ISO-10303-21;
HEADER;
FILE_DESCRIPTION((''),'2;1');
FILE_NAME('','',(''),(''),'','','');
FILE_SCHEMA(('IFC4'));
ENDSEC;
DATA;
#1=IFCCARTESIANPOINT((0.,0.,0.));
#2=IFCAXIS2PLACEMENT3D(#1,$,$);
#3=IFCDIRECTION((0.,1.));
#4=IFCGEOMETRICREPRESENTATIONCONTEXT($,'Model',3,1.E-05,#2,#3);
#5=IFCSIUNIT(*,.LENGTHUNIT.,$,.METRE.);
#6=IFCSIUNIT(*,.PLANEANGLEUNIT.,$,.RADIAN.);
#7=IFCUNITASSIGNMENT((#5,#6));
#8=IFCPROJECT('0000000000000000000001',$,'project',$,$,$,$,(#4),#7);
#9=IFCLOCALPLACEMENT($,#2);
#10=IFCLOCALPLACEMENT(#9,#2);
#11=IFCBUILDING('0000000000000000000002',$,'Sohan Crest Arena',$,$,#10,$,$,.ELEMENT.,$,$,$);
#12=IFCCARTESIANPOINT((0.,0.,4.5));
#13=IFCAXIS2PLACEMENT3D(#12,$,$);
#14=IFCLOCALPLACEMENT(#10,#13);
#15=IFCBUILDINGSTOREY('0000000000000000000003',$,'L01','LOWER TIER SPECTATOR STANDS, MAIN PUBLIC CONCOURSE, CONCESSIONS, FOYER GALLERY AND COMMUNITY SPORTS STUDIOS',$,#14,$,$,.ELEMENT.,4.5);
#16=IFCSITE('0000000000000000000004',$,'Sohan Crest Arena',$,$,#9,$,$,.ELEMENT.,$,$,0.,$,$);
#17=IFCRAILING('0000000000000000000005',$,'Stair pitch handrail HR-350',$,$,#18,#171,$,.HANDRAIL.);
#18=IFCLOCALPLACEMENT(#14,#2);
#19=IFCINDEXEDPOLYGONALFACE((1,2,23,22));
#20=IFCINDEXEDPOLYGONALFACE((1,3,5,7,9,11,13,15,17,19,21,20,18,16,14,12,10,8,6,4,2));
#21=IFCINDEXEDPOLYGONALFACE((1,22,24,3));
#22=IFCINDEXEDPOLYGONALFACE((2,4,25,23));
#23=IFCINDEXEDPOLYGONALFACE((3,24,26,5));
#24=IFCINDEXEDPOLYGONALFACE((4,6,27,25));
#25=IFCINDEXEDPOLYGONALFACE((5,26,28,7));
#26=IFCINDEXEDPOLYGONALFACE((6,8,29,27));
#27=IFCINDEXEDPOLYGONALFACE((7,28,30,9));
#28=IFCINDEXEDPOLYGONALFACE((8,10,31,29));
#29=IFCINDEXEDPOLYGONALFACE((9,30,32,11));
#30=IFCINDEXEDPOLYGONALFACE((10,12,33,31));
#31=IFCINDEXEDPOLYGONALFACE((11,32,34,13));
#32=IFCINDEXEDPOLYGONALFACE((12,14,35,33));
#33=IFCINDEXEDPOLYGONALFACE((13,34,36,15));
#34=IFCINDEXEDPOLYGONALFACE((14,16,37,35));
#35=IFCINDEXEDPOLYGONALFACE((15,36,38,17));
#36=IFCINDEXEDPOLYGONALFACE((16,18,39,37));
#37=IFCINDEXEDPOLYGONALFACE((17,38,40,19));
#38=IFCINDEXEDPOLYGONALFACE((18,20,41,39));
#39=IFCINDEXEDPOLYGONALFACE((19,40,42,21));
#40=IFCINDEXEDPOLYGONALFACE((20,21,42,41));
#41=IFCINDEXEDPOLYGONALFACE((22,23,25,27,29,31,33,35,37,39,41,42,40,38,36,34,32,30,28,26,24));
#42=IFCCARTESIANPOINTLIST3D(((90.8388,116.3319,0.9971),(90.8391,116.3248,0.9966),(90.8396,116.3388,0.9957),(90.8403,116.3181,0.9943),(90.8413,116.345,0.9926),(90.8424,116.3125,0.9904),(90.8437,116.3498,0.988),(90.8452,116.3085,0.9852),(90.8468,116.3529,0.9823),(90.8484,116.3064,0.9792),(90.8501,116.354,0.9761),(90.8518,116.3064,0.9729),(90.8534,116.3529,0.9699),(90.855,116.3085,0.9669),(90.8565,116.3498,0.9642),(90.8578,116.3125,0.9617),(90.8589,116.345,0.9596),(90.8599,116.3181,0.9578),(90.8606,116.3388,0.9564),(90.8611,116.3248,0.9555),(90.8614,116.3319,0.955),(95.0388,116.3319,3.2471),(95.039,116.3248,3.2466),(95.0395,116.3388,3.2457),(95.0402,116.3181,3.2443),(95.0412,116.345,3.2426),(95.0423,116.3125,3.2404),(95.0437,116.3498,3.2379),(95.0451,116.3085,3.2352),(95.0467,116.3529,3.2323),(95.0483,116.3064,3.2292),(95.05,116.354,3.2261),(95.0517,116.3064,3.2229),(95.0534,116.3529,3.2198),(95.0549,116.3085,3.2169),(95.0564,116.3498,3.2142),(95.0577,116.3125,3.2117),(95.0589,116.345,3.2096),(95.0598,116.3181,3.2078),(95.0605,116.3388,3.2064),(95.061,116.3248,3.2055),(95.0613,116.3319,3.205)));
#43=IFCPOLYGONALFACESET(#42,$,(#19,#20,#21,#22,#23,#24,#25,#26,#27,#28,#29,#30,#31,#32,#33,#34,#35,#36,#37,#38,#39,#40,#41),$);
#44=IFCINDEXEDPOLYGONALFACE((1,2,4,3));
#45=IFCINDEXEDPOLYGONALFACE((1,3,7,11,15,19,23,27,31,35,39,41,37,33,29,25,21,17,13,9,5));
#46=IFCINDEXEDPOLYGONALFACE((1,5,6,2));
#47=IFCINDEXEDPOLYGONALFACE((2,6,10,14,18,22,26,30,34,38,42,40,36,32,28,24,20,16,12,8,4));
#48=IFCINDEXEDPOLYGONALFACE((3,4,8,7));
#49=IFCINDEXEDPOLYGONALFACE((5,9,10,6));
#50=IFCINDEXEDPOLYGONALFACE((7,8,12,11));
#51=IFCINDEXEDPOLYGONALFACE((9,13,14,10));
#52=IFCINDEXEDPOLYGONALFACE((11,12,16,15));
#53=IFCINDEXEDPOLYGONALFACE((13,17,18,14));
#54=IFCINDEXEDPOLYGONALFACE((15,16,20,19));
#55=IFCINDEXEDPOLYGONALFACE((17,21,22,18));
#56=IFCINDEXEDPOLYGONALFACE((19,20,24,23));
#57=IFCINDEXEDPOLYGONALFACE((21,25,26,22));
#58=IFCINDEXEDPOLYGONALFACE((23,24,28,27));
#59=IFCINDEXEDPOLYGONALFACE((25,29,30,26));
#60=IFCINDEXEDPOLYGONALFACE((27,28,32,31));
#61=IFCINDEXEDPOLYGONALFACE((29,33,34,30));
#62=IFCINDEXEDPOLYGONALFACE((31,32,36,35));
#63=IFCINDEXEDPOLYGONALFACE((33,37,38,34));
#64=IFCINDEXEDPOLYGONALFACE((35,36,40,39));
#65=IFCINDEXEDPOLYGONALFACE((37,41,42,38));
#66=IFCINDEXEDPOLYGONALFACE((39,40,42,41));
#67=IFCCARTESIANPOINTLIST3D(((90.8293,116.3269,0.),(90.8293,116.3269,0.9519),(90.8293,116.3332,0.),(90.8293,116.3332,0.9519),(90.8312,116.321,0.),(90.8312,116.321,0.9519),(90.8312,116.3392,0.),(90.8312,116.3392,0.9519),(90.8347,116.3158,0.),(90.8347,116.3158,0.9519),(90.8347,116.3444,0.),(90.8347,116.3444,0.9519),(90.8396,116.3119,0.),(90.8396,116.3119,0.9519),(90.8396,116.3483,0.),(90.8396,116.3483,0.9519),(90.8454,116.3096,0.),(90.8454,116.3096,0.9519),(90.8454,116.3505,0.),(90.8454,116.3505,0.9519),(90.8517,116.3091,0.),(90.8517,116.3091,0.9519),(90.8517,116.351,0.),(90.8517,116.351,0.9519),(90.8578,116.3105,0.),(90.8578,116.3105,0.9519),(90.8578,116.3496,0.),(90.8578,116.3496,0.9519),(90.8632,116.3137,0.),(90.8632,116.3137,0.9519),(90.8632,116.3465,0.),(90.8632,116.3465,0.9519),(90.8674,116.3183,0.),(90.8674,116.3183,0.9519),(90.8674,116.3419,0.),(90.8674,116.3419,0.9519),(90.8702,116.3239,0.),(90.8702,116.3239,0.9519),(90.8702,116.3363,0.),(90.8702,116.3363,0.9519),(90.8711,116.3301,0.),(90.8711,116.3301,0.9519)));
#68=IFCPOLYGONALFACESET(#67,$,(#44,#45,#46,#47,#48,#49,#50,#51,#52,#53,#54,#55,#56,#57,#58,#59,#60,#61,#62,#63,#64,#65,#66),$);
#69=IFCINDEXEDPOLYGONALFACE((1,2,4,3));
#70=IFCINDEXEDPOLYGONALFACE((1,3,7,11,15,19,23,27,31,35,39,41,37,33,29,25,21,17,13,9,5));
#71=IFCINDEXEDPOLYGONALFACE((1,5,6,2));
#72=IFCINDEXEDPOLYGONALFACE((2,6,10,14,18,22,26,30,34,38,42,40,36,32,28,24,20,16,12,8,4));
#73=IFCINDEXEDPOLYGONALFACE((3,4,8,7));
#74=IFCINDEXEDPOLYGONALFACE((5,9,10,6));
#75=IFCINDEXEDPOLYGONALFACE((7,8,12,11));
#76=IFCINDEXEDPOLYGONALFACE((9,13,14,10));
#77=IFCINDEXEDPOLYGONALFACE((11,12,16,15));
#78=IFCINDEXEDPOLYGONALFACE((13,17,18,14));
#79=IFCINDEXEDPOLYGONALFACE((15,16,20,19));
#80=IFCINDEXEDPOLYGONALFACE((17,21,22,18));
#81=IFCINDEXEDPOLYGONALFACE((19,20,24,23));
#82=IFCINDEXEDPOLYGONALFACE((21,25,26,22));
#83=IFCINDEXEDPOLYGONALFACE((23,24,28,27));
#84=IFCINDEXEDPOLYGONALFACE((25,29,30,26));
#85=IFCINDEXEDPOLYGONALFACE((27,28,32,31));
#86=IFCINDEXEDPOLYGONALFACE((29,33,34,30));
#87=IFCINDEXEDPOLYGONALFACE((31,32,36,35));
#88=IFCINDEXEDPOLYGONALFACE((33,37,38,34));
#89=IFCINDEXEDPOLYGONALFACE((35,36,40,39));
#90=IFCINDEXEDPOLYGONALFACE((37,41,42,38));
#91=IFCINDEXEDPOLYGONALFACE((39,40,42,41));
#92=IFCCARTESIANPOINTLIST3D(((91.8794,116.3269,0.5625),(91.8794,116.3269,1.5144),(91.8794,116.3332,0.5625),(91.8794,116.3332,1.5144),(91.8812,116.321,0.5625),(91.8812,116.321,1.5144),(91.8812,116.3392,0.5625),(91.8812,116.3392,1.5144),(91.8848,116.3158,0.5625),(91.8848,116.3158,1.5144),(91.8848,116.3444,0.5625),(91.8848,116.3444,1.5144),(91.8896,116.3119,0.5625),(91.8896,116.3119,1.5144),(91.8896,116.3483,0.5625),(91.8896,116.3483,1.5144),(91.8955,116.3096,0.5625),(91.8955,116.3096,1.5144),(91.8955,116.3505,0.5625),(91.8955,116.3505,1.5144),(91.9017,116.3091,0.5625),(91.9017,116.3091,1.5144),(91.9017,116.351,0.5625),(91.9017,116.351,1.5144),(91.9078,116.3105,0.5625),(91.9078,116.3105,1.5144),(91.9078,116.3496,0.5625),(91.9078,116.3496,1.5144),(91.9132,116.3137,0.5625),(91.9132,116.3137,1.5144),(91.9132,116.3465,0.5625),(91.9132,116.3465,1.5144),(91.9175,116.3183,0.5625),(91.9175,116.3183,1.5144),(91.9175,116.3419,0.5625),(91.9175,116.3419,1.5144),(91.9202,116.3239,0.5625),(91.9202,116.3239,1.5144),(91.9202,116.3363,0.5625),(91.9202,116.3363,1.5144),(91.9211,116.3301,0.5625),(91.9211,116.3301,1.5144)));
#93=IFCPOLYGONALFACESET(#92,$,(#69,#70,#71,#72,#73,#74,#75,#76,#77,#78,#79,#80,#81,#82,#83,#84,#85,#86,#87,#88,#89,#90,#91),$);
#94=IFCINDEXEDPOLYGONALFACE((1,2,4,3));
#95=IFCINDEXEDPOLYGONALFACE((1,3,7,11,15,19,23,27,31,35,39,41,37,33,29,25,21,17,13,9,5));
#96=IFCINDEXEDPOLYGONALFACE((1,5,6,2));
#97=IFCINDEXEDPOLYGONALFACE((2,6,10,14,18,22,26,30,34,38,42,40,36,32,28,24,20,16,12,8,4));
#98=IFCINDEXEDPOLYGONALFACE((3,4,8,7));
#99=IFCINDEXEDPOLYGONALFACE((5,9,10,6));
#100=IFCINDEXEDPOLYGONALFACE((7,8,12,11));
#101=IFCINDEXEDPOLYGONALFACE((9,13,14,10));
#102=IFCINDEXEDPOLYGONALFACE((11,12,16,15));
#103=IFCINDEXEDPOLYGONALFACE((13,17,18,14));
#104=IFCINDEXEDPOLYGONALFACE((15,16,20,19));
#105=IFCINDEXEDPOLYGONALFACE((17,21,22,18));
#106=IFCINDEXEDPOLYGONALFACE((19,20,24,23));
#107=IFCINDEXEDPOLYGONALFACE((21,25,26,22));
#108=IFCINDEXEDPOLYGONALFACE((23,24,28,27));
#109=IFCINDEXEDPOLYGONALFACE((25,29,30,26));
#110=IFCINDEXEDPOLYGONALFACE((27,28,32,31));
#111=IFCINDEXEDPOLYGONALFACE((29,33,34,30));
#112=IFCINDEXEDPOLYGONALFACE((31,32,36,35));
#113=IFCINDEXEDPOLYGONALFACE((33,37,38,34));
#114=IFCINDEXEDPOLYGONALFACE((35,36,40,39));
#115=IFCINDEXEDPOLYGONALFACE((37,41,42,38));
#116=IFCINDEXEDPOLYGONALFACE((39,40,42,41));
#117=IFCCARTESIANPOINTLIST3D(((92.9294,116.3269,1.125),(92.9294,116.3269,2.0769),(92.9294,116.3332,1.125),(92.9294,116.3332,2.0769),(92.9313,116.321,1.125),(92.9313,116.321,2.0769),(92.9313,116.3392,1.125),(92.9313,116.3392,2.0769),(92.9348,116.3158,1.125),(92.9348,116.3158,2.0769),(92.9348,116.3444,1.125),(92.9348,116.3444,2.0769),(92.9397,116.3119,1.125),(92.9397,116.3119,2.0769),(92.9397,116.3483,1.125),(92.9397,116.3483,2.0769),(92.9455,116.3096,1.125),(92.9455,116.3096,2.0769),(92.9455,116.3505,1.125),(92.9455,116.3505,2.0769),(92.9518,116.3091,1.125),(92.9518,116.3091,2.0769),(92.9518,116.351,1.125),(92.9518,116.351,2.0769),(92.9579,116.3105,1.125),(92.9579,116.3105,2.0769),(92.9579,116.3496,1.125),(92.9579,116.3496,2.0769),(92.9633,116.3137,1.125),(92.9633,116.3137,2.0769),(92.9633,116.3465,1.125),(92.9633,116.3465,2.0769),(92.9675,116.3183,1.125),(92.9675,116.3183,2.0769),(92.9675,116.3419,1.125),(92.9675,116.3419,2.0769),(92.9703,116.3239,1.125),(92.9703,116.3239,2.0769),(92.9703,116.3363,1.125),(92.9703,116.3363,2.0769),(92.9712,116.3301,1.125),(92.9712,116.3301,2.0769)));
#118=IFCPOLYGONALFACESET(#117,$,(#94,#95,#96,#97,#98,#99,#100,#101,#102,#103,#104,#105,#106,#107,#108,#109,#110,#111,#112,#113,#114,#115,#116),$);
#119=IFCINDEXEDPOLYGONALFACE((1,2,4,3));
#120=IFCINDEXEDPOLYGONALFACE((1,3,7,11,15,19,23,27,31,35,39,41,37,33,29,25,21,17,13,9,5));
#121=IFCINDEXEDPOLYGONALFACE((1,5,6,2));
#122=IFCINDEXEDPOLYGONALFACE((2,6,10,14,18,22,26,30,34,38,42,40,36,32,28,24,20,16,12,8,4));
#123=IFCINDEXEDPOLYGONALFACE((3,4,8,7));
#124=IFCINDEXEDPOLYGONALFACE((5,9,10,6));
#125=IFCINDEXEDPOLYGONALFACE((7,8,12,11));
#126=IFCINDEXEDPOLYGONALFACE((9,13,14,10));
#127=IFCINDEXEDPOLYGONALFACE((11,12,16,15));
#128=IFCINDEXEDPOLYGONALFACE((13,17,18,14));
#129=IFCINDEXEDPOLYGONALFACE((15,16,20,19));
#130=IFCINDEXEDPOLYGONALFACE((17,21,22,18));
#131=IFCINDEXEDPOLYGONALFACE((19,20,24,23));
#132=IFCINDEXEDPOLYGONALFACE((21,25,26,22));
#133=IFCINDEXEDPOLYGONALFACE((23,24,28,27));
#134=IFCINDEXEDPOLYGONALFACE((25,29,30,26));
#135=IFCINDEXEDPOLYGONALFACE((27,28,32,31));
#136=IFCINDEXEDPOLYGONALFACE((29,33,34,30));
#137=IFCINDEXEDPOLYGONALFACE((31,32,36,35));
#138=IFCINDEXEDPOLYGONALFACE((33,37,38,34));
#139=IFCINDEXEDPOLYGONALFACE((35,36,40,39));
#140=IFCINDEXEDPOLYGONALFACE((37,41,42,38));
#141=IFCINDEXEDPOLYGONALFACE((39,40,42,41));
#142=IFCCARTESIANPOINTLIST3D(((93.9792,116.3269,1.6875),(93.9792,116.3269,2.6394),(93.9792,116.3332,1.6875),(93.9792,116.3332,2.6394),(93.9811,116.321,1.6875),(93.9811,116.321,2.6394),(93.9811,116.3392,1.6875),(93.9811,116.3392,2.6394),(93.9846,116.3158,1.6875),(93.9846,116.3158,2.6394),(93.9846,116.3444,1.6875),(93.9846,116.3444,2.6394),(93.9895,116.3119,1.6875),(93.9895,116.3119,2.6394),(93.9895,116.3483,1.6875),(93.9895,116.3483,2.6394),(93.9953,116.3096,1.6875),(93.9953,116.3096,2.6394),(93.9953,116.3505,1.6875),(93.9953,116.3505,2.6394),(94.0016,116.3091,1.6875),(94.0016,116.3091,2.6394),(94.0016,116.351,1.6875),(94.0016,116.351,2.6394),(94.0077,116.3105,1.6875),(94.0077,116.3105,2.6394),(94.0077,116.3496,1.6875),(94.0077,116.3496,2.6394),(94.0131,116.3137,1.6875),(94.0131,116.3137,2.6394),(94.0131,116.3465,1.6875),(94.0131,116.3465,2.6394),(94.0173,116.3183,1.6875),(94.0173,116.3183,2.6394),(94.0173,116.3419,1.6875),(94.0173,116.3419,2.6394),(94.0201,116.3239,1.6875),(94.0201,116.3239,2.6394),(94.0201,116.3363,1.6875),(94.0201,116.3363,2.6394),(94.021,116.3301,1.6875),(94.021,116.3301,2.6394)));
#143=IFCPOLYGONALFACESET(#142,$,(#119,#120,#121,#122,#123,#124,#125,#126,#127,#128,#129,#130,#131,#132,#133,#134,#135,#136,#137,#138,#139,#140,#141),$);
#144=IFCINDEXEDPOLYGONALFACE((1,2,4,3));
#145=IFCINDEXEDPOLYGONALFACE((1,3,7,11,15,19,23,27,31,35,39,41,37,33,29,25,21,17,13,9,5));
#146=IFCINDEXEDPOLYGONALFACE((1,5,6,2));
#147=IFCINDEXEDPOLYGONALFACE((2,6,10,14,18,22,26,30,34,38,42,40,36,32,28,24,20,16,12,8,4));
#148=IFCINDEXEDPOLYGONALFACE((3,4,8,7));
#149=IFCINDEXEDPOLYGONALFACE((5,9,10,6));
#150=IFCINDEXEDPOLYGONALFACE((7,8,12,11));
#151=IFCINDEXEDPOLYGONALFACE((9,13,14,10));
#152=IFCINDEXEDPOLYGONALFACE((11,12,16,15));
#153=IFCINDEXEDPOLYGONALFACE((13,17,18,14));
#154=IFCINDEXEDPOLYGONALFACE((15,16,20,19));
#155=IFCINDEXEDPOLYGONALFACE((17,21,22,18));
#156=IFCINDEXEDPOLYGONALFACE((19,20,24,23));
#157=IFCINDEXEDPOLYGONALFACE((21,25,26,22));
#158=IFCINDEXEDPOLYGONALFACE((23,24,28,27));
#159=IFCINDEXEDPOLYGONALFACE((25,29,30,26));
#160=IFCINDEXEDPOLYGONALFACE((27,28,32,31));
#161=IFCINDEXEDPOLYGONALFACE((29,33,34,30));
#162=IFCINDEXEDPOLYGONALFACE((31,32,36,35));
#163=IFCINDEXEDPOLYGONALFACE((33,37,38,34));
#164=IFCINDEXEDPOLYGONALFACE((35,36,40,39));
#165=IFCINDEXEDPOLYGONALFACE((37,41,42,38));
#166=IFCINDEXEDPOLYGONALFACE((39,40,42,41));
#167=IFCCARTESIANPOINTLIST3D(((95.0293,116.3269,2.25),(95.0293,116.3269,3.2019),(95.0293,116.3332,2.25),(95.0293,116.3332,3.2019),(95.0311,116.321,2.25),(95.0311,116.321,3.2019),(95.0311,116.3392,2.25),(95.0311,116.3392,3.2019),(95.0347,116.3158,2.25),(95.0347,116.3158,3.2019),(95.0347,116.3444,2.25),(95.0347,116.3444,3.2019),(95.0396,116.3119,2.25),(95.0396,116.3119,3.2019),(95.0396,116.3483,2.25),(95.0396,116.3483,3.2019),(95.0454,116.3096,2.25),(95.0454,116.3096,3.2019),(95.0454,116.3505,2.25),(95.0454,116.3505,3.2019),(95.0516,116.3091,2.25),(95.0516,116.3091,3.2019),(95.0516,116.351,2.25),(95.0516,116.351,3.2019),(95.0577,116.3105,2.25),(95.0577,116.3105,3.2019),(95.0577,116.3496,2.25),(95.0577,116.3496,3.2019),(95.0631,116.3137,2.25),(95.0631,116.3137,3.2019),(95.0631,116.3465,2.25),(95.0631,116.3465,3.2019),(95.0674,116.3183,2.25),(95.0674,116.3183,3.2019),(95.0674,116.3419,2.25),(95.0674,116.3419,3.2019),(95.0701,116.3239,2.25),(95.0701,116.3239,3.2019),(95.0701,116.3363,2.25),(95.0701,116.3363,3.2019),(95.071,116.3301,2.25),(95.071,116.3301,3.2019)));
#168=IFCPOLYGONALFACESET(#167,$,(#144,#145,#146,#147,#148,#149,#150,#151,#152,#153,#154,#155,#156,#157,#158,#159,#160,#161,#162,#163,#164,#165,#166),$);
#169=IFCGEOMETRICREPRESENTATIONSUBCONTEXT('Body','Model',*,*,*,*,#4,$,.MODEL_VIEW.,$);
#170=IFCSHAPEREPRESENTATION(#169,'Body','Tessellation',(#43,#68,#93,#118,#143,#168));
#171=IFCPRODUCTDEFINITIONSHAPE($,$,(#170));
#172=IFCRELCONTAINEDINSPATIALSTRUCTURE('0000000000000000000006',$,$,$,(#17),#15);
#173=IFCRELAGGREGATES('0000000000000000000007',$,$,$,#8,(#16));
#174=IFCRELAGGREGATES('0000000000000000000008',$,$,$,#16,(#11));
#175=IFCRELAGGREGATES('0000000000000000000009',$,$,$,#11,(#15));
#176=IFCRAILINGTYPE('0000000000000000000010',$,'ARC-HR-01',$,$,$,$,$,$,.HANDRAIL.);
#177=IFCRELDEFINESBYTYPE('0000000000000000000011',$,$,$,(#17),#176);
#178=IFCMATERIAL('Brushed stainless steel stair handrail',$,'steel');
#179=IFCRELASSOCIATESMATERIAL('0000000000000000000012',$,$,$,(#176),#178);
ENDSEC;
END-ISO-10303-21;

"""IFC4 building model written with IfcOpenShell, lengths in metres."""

from ifc_helpers import new_model, si_unit, direction, frame, origin, origin_2d, place, context, subcontext, project, spatial, circle, extrude, material, type_object, element, save


model = new_model("IFC4")

# Units and contexts
model_context = context("Model", 3, precision=1e-05, world=origin(), true_north=direction((0.0, 1.0)))
body_context = subcontext(model_context, "Body", "Model", "MODEL_VIEW")
ifc_project = project(units=[si_unit("LENGTHUNIT", "METRE"), si_unit("PLANEANGLEUNIT", "RADIAN")], contexts=[model_context])

# Site, building, storey
site_placement = place(None, origin())
site = spatial("IfcSite", under=ifc_project, at=site_placement, Name="Sohan Crest Arena", CompositionType="ELEMENT", RefElevation=0.0)
building_placement = place(site_placement, origin())
building = spatial("IfcBuilding", under=site, at=building_placement, Name="Sohan Crest Arena", CompositionType="ELEMENT")
storey_placement = place(building_placement, frame((0.0, 0.0, 4.5)))
storey = spatial("IfcBuildingStorey", under=building, at=storey_placement, Name="L01", Description="LOWER TIER SPECTATOR STANDS, MAIN PUBLIC CONCOURSE, CONCESSIONS, FOYER GALLERY AND COMMUNITY SPORTS STUDIOS", CompositionType="ELEMENT", Elevation=4.5)

# Railing
ifc_material_1 = material(Name="Brushed stainless steel stair handrail", Category="steel")
railing_type_1 = type_object("IfcRailingType", Name="ARC-HR-01", PredefinedType="HANDRAIL", material=ifc_material_1)
for number, where, name in (
    (1, (90.8501, 116.3301, 0.0), "Stair pitch handrail HR-350"),
):
    element("IfcRailing", number, at=place(storey_placement, frame(where)), inside=storey, type_object=railing_type_1, Name=name, PredefinedType="HANDRAIL", context=body_context, shape_type="SweptSolid", body=[
        extrude(circle(Radius=0.0239, at=origin_2d()), frame((0.0, 0.0, 0.9761), z_axis=(0.881478, 0.0, 0.472226), x_axis=(0.0, 1.0, 0.0)), (0.0, 0.0, 1.0), 4.7646),
        extrude(circle(Radius=0.021, at=origin_2d()), origin(), (0.0, 0.0, 1.0), 0.9519),
        extrude(circle(Radius=0.021, at=origin_2d()), frame((1.05, 0.0, 0.5625)), (0.0, 0.0, 1.0), 0.9519),
        extrude(circle(Radius=0.021, at=origin_2d()), frame((2.1001, 0.0, 1.125)), (0.0, 0.0, 1.0), 0.9519),
        extrude(circle(Radius=0.021, at=origin_2d()), frame((3.1499, 0.0, 1.6875)), (0.0, 0.0, 1.0), 0.9519),
        extrude(circle(Radius=0.021, at=origin_2d()), frame((4.2, 0.0, 2.25)), (0.0, 0.0, 1.0), 0.9519),
    ])

save(model, "model.ifc")
